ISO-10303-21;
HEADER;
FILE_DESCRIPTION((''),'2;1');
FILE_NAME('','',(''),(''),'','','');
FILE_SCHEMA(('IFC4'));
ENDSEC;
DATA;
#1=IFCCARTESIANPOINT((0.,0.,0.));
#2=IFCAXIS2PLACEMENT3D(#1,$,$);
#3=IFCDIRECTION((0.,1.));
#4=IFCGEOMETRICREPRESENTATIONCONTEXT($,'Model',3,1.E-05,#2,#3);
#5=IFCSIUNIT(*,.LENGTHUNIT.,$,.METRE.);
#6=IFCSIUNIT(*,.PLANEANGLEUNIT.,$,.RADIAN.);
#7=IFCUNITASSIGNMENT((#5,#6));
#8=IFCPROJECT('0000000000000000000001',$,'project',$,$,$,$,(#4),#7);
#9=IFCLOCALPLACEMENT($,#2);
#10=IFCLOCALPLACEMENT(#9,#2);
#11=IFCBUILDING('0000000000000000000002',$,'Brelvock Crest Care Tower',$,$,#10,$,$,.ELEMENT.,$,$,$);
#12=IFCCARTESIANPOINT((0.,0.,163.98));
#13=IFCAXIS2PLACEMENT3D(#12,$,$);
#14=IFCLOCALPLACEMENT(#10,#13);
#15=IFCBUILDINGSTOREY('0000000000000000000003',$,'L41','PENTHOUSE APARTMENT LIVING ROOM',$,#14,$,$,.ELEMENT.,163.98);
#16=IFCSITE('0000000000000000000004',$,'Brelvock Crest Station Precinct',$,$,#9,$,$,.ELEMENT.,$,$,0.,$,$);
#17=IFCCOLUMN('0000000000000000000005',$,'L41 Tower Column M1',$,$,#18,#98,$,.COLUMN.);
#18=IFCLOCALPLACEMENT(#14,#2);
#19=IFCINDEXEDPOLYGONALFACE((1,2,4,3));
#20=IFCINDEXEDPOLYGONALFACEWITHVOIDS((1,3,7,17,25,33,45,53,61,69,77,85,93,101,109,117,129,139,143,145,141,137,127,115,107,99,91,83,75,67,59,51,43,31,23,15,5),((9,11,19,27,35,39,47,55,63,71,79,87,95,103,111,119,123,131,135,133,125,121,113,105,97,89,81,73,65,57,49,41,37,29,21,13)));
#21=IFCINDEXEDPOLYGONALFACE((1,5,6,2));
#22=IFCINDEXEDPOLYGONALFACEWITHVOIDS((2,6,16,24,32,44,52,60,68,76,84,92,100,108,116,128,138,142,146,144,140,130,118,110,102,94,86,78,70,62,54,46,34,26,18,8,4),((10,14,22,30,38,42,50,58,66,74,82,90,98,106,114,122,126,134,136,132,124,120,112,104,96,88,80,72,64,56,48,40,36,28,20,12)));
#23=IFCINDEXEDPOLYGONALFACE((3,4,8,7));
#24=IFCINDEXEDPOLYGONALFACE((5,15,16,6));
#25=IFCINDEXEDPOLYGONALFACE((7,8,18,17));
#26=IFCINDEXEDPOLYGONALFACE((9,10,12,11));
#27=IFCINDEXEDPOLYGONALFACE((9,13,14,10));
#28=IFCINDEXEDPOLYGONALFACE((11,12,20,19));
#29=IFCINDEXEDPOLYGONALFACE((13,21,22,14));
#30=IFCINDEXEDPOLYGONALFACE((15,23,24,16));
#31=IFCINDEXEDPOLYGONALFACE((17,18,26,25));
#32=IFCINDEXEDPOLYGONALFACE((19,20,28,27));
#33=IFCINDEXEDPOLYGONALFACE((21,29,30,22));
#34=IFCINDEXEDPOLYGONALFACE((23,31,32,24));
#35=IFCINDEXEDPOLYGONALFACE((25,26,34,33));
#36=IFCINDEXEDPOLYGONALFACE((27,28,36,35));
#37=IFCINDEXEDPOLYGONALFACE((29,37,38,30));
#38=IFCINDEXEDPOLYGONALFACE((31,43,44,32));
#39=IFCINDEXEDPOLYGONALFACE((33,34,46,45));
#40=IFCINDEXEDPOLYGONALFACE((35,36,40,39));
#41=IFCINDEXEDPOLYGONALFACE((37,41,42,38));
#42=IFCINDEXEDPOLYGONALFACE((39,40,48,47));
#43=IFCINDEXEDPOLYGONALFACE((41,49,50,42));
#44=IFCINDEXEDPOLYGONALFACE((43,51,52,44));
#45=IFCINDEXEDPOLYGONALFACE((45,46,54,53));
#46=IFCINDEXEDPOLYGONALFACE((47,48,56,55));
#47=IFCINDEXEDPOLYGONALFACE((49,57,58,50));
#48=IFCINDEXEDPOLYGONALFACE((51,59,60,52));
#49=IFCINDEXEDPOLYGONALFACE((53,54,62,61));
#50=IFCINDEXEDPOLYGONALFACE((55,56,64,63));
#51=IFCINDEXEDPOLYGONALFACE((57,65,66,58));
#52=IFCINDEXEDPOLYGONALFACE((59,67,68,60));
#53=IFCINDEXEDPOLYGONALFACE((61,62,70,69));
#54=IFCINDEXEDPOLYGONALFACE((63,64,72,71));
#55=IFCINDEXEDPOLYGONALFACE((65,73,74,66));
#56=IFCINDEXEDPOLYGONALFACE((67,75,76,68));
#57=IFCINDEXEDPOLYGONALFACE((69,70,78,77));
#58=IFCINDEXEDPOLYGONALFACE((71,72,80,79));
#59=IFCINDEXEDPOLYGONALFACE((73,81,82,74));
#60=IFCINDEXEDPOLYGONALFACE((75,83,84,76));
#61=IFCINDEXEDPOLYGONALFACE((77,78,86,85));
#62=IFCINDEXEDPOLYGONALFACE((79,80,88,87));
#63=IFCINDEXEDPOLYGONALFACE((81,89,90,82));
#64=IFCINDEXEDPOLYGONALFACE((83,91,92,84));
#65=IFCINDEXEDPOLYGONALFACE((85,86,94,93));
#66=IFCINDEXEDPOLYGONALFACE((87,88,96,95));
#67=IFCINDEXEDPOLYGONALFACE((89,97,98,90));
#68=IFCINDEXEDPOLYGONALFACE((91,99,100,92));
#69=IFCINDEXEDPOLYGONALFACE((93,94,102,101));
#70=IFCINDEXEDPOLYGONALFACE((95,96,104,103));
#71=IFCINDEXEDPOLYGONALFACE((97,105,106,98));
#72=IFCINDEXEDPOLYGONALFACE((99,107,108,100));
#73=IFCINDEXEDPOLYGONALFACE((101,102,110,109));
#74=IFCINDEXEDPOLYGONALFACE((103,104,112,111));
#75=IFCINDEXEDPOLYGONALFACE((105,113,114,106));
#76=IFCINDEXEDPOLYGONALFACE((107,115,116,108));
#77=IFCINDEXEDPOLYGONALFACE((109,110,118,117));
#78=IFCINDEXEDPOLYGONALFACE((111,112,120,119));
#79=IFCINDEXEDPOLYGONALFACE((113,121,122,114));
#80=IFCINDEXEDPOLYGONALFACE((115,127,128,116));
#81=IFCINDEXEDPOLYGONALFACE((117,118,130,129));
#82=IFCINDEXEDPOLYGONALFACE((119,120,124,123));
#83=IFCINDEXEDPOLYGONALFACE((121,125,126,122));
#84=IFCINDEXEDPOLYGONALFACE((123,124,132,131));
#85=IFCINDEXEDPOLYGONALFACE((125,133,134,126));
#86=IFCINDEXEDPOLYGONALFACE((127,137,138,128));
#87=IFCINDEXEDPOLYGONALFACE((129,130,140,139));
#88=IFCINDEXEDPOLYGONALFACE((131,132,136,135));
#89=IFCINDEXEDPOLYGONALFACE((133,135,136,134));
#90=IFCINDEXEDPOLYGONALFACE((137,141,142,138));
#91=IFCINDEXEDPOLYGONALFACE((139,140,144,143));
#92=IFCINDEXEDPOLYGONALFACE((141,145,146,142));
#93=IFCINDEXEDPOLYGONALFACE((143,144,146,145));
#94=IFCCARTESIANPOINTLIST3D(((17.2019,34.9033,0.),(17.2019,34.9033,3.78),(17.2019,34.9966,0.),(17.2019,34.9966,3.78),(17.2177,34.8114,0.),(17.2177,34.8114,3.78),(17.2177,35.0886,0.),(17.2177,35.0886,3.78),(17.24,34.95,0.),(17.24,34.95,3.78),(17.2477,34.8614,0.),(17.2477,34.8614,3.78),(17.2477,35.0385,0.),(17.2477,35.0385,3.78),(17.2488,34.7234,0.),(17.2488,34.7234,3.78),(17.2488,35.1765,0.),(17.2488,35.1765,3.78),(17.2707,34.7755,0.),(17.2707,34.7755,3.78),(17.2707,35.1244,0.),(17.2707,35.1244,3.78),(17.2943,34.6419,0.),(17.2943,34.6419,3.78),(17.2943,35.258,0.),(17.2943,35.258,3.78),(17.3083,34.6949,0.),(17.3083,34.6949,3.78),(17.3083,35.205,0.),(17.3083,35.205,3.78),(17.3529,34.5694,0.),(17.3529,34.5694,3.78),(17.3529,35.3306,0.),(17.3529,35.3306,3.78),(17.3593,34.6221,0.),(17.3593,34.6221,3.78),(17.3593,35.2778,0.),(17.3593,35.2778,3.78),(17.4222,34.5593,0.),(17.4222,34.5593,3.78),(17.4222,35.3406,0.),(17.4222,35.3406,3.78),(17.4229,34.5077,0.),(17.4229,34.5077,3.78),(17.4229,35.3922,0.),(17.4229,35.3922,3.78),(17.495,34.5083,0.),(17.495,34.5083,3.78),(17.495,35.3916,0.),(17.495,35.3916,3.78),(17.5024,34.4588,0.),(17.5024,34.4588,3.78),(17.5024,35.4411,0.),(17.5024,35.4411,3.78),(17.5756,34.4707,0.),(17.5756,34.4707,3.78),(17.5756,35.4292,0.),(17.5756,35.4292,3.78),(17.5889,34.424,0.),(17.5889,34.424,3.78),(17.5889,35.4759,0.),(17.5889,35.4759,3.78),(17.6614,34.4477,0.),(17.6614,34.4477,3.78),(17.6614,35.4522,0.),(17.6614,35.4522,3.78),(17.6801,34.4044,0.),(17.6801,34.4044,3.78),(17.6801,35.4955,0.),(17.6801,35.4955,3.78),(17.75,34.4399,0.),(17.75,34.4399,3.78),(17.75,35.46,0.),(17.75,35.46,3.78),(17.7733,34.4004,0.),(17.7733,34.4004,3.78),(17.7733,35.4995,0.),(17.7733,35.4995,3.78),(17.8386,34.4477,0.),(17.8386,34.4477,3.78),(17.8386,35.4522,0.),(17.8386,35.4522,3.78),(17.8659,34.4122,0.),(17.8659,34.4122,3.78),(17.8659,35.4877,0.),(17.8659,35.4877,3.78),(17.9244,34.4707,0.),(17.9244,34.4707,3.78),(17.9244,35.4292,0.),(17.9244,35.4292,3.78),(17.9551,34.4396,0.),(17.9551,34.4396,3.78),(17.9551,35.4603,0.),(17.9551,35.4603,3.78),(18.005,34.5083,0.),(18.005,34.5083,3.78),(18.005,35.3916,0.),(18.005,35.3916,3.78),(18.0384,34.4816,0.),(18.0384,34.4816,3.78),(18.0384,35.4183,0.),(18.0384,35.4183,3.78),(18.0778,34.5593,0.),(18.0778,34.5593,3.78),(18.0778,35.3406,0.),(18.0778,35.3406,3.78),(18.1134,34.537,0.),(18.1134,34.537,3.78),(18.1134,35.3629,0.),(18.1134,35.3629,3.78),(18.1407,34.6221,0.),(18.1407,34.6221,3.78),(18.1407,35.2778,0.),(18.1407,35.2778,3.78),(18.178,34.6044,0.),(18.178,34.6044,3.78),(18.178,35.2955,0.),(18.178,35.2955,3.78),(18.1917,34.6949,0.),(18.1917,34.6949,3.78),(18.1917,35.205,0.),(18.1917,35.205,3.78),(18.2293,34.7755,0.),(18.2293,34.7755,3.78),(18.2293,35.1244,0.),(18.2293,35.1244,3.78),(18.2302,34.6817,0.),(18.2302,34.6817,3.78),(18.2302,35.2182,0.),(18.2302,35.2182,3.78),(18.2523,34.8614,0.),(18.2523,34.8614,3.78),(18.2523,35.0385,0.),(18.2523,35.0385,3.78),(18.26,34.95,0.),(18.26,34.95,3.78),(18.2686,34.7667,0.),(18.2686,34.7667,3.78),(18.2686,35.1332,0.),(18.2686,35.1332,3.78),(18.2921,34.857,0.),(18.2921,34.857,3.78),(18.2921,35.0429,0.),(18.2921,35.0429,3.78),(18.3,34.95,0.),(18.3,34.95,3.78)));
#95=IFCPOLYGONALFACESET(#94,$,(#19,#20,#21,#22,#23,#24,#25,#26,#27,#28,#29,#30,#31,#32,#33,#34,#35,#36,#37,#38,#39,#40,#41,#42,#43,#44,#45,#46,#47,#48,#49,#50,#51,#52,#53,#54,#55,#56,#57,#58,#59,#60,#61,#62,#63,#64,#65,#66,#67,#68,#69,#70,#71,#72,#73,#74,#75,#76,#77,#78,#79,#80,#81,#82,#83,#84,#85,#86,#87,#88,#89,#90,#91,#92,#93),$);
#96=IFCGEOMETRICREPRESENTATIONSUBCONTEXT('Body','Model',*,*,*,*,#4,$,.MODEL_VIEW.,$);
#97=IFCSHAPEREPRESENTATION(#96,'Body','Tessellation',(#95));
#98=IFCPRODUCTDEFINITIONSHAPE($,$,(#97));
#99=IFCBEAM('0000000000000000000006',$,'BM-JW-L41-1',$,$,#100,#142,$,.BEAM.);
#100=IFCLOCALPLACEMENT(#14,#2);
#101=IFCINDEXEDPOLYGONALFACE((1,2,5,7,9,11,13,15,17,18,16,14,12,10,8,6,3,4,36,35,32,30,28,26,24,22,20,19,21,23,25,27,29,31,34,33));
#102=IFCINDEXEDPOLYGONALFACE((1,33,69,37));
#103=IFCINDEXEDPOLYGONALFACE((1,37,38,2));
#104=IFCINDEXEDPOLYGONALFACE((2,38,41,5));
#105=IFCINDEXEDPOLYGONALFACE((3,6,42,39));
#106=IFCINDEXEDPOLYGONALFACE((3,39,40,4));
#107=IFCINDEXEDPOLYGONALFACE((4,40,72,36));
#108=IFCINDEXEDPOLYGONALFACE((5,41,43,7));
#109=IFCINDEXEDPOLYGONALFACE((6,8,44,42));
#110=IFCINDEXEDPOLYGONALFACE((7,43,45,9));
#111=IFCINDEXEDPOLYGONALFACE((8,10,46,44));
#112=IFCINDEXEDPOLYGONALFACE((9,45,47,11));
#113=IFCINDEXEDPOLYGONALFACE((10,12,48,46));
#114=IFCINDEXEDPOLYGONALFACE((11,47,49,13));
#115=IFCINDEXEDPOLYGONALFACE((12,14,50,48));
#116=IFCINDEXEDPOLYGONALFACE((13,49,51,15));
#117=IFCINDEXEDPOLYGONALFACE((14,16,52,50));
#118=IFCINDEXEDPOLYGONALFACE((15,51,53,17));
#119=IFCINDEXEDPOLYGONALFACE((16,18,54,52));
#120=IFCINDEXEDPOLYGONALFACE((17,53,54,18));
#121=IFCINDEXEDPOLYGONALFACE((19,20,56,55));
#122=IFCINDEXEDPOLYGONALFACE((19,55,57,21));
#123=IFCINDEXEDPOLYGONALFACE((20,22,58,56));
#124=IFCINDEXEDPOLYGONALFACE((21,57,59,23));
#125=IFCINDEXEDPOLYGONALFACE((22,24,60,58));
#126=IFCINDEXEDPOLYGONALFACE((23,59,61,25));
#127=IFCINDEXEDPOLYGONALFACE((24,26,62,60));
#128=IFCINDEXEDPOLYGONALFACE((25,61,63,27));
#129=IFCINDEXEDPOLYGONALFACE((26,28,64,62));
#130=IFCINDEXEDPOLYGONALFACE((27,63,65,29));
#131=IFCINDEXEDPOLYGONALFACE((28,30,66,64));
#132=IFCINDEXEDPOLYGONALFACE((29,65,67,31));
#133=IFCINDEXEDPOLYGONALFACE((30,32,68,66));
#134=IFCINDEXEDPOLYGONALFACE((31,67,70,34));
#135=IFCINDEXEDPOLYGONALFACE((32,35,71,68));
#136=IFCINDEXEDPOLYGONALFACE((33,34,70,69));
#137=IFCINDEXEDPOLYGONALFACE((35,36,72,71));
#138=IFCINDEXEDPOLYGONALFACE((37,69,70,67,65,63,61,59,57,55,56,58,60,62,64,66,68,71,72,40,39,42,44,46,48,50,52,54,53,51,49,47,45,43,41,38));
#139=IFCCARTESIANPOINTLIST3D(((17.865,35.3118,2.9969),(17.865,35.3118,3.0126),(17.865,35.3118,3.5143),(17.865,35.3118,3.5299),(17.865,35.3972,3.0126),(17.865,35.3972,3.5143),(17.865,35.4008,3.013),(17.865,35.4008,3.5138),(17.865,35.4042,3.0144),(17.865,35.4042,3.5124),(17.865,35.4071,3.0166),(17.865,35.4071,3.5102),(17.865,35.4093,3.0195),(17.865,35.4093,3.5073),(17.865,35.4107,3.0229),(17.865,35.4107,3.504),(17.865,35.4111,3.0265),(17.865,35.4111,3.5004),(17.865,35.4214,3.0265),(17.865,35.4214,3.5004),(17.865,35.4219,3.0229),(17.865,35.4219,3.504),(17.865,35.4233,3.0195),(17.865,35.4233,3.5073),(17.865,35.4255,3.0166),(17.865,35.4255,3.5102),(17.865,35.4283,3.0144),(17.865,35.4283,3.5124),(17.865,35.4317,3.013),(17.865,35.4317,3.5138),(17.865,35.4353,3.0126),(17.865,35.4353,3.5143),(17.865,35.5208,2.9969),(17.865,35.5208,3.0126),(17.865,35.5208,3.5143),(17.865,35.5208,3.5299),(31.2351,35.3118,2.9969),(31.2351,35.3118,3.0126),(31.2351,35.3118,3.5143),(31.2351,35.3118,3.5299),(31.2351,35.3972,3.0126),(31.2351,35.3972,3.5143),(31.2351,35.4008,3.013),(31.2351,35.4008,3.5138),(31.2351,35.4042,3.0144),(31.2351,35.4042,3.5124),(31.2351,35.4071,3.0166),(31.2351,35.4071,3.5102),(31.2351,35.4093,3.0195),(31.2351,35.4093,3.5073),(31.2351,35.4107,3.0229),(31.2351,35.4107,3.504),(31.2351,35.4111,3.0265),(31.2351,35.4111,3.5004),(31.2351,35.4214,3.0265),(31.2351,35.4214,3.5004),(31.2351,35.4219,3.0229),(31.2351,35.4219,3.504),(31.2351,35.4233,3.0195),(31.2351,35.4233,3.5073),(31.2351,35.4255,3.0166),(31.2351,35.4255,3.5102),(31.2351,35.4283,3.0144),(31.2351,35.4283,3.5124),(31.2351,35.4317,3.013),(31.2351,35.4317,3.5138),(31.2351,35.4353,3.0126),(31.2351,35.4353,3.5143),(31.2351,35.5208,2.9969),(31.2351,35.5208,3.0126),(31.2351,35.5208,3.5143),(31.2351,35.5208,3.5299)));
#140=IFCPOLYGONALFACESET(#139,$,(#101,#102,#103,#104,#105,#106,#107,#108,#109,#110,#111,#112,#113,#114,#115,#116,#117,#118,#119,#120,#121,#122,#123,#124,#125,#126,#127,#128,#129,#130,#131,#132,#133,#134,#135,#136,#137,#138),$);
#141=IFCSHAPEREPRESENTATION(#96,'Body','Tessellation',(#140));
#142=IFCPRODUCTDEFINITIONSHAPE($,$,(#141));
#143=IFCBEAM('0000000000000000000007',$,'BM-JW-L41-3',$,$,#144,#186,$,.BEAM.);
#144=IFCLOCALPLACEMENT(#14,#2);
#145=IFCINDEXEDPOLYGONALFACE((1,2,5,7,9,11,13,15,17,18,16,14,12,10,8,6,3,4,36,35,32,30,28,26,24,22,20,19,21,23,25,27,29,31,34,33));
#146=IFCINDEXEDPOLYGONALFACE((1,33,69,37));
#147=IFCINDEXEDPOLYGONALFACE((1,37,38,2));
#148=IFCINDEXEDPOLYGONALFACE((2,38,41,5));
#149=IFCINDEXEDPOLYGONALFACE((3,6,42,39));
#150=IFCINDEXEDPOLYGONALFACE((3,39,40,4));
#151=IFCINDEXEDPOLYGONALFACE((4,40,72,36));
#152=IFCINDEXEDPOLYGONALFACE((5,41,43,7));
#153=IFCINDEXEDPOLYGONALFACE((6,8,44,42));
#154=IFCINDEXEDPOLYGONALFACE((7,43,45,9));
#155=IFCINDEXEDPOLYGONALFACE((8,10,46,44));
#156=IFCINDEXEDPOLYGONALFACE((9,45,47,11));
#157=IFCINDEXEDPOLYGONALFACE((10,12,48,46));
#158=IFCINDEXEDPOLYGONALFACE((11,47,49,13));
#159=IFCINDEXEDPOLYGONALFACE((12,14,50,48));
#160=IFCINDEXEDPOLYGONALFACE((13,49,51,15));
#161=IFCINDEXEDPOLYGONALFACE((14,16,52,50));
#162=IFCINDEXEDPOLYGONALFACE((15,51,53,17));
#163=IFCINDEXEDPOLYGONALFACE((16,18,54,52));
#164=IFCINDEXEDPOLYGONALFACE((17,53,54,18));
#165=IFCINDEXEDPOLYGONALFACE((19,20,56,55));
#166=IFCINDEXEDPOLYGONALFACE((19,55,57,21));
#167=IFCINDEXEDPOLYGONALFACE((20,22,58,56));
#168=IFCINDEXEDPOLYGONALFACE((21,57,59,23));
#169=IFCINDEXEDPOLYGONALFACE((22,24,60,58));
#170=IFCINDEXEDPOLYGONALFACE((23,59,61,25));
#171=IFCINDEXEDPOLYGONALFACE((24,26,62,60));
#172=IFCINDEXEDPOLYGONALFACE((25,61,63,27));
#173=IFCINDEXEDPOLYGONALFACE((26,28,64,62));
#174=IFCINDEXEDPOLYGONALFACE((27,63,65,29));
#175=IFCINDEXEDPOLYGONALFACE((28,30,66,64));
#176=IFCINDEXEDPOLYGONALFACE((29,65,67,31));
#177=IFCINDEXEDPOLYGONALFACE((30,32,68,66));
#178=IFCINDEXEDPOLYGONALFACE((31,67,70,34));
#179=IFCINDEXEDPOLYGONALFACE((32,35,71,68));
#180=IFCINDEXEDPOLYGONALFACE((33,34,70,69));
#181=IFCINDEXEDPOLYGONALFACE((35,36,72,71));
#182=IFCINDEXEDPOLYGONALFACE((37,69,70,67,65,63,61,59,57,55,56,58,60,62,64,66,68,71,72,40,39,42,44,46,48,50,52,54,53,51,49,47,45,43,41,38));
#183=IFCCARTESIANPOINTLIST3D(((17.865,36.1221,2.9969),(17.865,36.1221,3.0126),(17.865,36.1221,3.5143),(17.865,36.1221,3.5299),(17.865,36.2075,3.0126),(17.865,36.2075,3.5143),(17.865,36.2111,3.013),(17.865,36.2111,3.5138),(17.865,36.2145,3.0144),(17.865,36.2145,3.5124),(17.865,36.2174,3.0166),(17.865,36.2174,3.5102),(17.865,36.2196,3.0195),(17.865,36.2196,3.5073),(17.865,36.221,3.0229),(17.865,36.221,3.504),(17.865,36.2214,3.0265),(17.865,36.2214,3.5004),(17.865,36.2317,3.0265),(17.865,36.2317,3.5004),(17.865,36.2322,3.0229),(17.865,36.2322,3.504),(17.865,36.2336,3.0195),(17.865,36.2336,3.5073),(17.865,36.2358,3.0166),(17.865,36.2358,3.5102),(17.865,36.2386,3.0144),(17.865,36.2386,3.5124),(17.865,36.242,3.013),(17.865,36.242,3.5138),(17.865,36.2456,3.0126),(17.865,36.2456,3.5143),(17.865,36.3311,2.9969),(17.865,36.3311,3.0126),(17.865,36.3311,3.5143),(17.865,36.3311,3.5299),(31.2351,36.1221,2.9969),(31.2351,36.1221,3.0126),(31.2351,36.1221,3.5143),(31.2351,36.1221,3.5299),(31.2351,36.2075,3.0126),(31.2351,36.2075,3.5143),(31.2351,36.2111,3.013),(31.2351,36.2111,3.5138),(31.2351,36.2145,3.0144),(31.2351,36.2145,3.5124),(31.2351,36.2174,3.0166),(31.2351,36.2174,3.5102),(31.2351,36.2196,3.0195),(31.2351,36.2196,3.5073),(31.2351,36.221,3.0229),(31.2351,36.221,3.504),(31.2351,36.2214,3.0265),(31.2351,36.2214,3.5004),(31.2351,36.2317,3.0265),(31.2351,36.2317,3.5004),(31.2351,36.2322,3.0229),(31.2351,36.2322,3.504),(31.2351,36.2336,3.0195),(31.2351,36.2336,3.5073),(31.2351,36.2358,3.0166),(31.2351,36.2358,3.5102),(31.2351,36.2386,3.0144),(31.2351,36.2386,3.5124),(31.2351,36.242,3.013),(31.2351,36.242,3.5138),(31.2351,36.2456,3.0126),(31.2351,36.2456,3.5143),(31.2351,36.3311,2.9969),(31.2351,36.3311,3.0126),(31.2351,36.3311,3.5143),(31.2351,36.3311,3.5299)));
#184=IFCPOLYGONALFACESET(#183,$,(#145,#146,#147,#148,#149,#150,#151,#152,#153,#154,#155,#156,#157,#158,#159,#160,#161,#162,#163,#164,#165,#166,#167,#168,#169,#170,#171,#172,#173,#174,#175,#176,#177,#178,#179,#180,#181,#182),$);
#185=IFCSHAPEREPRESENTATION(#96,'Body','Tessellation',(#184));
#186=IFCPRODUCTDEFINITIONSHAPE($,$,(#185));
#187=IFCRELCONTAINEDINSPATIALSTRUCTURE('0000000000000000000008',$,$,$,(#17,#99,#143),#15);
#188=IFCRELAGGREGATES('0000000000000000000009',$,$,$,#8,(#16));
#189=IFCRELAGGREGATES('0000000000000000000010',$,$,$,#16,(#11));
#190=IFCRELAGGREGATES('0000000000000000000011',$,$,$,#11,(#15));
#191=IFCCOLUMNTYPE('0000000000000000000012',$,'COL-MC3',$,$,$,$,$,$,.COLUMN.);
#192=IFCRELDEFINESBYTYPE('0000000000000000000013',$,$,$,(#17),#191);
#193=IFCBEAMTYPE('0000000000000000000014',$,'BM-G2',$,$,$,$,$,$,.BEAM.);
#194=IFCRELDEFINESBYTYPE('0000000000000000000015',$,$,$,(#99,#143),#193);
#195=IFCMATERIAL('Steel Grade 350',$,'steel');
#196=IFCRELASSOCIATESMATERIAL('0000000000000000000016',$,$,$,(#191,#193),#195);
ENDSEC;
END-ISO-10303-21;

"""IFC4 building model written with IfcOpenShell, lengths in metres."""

from ifc_helpers import new_model, si_unit, direction, frame, origin, origin_2d, place, context, subcontext, project, spatial, hollow_circle, i_section, extrude, source, transform, mapped, material, material_profile, profile_set, type_object, element, save


model = new_model("IFC4")

# Units and contexts
model_context = context("Model", 3, precision=1e-05, world=origin(), true_north=direction((0.0, 1.0)))
body_context = subcontext(model_context, "Body", "Model", "MODEL_VIEW")
ifc_project = project(units=[si_unit("LENGTHUNIT", "METRE"), si_unit("PLANEANGLEUNIT", "RADIAN")], contexts=[model_context])

# Site, building, storey
site_placement = place(None, origin())
site = spatial("IfcSite", under=ifc_project, at=site_placement, Name="Brelvock Crest Station Precinct", CompositionType="ELEMENT", RefElevation=0.0)
building_placement = place(site_placement, origin())
building = spatial("IfcBuilding", under=site, at=building_placement, Name="Brelvock Crest Care Tower", CompositionType="ELEMENT")
storey_placement = place(building_placement, frame((0.0, 0.0, 163.98)))
storey = spatial("IfcBuildingStorey", under=building, at=storey_placement, Name="L41", Description="PENTHOUSE APARTMENT LIVING ROOM", CompositionType="ELEMENT", Elevation=163.98)

# Column
ifc_material_1 = material(Name="Steel Grade 350", Category="steel")
ifc_material_profile_1 = material_profile(ifc_material_1, hollow_circle(Radius=0.55, WallThickness=0.04, at=origin_2d()), Name="CFT1100x40")
ifc_profile_set_1 = profile_set([ifc_material_profile_1], Name="Steel Grade 350")
column_type = type_object("IfcColumnType", Name="COL-MC3", PredefinedType="COLUMN", material=ifc_profile_set_1)
shared_shape_1 = source(origin(), body_context, "Body", "SweptSolid", [
    extrude(hollow_circle(Radius=0.55, WallThickness=0.04, at=origin_2d()), origin(), (0.0, 0.0, 1.0), 3.78),
])
column_placement = place(storey_placement, frame((17.75, 34.95, 0.0), z_axis=(0.0, 0.0, 1.0), x_axis=(1.0, 0.0, 0.0)))
element("IfcColumn", 1, at=column_placement, inside=storey, type_object=column_type, Name="L41 Tower Column M1", PredefinedType="COLUMN", context=body_context, shape_type="MappedRepresentation", body=[
    mapped(shared_shape_1, transform((0.0, 0.0, 0.0), x_axis=(1.0, 0.0, 0.0), y_axis=(0.0, 1.0, 0.0), z_axis=(0.0, 0.0, 1.0), scale=1.0)),
])

# Beams
ifc_material_profile_2 = material_profile(ifc_material_1, i_section(OverallWidth=0.209, OverallDepth=0.533, WebThickness=0.0103, FlangeThickness=0.0156, FilletRadius=0.0139, at=origin_2d()), Name="530UB92.4")
ifc_profile_set_2 = profile_set([ifc_material_profile_2], Name="Steel Grade 350")
beam_type_1 = type_object("IfcBeamType", Name="BM-G2", PredefinedType="BEAM", material=ifc_profile_set_2)
shared_shape_2 = source(origin(), body_context, "Body", "SweptSolid", [
    extrude(i_section(OverallWidth=0.209, OverallDepth=0.533, WebThickness=0.0103, FlangeThickness=0.0156, FilletRadius=0.0139, at=origin_2d()), origin(), (0.0, 0.0, 1.0), 13.3701),
])
for number, where, z_axis, x_axis, name in (
    (2, (17.865, 35.4163, 3.2634), (1.0, 0.0, 0.0), (0.0, 1.0, 0.0), "BM-JW-L41-1"),
    (3, (17.865, 36.2266, 3.2634), (1.0, 0.0, 0.0), (0.0, 1.0, 0.0), "BM-JW-L41-3"),
):
    element("IfcBeam", number, at=place(storey_placement, frame(where, z_axis=z_axis, x_axis=x_axis)), inside=storey, type_object=beam_type_1, Name=name, PredefinedType="BEAM", context=body_context, shape_type="MappedRepresentation", body=[
        mapped(shared_shape_2, transform((0.0, 0.0, 0.0), x_axis=(1.0, 0.0, 0.0), y_axis=(0.0, 1.0, 0.0), z_axis=(0.0, 0.0, 1.0), scale=1.0)),
    ])

save(model, "model.ifc")
